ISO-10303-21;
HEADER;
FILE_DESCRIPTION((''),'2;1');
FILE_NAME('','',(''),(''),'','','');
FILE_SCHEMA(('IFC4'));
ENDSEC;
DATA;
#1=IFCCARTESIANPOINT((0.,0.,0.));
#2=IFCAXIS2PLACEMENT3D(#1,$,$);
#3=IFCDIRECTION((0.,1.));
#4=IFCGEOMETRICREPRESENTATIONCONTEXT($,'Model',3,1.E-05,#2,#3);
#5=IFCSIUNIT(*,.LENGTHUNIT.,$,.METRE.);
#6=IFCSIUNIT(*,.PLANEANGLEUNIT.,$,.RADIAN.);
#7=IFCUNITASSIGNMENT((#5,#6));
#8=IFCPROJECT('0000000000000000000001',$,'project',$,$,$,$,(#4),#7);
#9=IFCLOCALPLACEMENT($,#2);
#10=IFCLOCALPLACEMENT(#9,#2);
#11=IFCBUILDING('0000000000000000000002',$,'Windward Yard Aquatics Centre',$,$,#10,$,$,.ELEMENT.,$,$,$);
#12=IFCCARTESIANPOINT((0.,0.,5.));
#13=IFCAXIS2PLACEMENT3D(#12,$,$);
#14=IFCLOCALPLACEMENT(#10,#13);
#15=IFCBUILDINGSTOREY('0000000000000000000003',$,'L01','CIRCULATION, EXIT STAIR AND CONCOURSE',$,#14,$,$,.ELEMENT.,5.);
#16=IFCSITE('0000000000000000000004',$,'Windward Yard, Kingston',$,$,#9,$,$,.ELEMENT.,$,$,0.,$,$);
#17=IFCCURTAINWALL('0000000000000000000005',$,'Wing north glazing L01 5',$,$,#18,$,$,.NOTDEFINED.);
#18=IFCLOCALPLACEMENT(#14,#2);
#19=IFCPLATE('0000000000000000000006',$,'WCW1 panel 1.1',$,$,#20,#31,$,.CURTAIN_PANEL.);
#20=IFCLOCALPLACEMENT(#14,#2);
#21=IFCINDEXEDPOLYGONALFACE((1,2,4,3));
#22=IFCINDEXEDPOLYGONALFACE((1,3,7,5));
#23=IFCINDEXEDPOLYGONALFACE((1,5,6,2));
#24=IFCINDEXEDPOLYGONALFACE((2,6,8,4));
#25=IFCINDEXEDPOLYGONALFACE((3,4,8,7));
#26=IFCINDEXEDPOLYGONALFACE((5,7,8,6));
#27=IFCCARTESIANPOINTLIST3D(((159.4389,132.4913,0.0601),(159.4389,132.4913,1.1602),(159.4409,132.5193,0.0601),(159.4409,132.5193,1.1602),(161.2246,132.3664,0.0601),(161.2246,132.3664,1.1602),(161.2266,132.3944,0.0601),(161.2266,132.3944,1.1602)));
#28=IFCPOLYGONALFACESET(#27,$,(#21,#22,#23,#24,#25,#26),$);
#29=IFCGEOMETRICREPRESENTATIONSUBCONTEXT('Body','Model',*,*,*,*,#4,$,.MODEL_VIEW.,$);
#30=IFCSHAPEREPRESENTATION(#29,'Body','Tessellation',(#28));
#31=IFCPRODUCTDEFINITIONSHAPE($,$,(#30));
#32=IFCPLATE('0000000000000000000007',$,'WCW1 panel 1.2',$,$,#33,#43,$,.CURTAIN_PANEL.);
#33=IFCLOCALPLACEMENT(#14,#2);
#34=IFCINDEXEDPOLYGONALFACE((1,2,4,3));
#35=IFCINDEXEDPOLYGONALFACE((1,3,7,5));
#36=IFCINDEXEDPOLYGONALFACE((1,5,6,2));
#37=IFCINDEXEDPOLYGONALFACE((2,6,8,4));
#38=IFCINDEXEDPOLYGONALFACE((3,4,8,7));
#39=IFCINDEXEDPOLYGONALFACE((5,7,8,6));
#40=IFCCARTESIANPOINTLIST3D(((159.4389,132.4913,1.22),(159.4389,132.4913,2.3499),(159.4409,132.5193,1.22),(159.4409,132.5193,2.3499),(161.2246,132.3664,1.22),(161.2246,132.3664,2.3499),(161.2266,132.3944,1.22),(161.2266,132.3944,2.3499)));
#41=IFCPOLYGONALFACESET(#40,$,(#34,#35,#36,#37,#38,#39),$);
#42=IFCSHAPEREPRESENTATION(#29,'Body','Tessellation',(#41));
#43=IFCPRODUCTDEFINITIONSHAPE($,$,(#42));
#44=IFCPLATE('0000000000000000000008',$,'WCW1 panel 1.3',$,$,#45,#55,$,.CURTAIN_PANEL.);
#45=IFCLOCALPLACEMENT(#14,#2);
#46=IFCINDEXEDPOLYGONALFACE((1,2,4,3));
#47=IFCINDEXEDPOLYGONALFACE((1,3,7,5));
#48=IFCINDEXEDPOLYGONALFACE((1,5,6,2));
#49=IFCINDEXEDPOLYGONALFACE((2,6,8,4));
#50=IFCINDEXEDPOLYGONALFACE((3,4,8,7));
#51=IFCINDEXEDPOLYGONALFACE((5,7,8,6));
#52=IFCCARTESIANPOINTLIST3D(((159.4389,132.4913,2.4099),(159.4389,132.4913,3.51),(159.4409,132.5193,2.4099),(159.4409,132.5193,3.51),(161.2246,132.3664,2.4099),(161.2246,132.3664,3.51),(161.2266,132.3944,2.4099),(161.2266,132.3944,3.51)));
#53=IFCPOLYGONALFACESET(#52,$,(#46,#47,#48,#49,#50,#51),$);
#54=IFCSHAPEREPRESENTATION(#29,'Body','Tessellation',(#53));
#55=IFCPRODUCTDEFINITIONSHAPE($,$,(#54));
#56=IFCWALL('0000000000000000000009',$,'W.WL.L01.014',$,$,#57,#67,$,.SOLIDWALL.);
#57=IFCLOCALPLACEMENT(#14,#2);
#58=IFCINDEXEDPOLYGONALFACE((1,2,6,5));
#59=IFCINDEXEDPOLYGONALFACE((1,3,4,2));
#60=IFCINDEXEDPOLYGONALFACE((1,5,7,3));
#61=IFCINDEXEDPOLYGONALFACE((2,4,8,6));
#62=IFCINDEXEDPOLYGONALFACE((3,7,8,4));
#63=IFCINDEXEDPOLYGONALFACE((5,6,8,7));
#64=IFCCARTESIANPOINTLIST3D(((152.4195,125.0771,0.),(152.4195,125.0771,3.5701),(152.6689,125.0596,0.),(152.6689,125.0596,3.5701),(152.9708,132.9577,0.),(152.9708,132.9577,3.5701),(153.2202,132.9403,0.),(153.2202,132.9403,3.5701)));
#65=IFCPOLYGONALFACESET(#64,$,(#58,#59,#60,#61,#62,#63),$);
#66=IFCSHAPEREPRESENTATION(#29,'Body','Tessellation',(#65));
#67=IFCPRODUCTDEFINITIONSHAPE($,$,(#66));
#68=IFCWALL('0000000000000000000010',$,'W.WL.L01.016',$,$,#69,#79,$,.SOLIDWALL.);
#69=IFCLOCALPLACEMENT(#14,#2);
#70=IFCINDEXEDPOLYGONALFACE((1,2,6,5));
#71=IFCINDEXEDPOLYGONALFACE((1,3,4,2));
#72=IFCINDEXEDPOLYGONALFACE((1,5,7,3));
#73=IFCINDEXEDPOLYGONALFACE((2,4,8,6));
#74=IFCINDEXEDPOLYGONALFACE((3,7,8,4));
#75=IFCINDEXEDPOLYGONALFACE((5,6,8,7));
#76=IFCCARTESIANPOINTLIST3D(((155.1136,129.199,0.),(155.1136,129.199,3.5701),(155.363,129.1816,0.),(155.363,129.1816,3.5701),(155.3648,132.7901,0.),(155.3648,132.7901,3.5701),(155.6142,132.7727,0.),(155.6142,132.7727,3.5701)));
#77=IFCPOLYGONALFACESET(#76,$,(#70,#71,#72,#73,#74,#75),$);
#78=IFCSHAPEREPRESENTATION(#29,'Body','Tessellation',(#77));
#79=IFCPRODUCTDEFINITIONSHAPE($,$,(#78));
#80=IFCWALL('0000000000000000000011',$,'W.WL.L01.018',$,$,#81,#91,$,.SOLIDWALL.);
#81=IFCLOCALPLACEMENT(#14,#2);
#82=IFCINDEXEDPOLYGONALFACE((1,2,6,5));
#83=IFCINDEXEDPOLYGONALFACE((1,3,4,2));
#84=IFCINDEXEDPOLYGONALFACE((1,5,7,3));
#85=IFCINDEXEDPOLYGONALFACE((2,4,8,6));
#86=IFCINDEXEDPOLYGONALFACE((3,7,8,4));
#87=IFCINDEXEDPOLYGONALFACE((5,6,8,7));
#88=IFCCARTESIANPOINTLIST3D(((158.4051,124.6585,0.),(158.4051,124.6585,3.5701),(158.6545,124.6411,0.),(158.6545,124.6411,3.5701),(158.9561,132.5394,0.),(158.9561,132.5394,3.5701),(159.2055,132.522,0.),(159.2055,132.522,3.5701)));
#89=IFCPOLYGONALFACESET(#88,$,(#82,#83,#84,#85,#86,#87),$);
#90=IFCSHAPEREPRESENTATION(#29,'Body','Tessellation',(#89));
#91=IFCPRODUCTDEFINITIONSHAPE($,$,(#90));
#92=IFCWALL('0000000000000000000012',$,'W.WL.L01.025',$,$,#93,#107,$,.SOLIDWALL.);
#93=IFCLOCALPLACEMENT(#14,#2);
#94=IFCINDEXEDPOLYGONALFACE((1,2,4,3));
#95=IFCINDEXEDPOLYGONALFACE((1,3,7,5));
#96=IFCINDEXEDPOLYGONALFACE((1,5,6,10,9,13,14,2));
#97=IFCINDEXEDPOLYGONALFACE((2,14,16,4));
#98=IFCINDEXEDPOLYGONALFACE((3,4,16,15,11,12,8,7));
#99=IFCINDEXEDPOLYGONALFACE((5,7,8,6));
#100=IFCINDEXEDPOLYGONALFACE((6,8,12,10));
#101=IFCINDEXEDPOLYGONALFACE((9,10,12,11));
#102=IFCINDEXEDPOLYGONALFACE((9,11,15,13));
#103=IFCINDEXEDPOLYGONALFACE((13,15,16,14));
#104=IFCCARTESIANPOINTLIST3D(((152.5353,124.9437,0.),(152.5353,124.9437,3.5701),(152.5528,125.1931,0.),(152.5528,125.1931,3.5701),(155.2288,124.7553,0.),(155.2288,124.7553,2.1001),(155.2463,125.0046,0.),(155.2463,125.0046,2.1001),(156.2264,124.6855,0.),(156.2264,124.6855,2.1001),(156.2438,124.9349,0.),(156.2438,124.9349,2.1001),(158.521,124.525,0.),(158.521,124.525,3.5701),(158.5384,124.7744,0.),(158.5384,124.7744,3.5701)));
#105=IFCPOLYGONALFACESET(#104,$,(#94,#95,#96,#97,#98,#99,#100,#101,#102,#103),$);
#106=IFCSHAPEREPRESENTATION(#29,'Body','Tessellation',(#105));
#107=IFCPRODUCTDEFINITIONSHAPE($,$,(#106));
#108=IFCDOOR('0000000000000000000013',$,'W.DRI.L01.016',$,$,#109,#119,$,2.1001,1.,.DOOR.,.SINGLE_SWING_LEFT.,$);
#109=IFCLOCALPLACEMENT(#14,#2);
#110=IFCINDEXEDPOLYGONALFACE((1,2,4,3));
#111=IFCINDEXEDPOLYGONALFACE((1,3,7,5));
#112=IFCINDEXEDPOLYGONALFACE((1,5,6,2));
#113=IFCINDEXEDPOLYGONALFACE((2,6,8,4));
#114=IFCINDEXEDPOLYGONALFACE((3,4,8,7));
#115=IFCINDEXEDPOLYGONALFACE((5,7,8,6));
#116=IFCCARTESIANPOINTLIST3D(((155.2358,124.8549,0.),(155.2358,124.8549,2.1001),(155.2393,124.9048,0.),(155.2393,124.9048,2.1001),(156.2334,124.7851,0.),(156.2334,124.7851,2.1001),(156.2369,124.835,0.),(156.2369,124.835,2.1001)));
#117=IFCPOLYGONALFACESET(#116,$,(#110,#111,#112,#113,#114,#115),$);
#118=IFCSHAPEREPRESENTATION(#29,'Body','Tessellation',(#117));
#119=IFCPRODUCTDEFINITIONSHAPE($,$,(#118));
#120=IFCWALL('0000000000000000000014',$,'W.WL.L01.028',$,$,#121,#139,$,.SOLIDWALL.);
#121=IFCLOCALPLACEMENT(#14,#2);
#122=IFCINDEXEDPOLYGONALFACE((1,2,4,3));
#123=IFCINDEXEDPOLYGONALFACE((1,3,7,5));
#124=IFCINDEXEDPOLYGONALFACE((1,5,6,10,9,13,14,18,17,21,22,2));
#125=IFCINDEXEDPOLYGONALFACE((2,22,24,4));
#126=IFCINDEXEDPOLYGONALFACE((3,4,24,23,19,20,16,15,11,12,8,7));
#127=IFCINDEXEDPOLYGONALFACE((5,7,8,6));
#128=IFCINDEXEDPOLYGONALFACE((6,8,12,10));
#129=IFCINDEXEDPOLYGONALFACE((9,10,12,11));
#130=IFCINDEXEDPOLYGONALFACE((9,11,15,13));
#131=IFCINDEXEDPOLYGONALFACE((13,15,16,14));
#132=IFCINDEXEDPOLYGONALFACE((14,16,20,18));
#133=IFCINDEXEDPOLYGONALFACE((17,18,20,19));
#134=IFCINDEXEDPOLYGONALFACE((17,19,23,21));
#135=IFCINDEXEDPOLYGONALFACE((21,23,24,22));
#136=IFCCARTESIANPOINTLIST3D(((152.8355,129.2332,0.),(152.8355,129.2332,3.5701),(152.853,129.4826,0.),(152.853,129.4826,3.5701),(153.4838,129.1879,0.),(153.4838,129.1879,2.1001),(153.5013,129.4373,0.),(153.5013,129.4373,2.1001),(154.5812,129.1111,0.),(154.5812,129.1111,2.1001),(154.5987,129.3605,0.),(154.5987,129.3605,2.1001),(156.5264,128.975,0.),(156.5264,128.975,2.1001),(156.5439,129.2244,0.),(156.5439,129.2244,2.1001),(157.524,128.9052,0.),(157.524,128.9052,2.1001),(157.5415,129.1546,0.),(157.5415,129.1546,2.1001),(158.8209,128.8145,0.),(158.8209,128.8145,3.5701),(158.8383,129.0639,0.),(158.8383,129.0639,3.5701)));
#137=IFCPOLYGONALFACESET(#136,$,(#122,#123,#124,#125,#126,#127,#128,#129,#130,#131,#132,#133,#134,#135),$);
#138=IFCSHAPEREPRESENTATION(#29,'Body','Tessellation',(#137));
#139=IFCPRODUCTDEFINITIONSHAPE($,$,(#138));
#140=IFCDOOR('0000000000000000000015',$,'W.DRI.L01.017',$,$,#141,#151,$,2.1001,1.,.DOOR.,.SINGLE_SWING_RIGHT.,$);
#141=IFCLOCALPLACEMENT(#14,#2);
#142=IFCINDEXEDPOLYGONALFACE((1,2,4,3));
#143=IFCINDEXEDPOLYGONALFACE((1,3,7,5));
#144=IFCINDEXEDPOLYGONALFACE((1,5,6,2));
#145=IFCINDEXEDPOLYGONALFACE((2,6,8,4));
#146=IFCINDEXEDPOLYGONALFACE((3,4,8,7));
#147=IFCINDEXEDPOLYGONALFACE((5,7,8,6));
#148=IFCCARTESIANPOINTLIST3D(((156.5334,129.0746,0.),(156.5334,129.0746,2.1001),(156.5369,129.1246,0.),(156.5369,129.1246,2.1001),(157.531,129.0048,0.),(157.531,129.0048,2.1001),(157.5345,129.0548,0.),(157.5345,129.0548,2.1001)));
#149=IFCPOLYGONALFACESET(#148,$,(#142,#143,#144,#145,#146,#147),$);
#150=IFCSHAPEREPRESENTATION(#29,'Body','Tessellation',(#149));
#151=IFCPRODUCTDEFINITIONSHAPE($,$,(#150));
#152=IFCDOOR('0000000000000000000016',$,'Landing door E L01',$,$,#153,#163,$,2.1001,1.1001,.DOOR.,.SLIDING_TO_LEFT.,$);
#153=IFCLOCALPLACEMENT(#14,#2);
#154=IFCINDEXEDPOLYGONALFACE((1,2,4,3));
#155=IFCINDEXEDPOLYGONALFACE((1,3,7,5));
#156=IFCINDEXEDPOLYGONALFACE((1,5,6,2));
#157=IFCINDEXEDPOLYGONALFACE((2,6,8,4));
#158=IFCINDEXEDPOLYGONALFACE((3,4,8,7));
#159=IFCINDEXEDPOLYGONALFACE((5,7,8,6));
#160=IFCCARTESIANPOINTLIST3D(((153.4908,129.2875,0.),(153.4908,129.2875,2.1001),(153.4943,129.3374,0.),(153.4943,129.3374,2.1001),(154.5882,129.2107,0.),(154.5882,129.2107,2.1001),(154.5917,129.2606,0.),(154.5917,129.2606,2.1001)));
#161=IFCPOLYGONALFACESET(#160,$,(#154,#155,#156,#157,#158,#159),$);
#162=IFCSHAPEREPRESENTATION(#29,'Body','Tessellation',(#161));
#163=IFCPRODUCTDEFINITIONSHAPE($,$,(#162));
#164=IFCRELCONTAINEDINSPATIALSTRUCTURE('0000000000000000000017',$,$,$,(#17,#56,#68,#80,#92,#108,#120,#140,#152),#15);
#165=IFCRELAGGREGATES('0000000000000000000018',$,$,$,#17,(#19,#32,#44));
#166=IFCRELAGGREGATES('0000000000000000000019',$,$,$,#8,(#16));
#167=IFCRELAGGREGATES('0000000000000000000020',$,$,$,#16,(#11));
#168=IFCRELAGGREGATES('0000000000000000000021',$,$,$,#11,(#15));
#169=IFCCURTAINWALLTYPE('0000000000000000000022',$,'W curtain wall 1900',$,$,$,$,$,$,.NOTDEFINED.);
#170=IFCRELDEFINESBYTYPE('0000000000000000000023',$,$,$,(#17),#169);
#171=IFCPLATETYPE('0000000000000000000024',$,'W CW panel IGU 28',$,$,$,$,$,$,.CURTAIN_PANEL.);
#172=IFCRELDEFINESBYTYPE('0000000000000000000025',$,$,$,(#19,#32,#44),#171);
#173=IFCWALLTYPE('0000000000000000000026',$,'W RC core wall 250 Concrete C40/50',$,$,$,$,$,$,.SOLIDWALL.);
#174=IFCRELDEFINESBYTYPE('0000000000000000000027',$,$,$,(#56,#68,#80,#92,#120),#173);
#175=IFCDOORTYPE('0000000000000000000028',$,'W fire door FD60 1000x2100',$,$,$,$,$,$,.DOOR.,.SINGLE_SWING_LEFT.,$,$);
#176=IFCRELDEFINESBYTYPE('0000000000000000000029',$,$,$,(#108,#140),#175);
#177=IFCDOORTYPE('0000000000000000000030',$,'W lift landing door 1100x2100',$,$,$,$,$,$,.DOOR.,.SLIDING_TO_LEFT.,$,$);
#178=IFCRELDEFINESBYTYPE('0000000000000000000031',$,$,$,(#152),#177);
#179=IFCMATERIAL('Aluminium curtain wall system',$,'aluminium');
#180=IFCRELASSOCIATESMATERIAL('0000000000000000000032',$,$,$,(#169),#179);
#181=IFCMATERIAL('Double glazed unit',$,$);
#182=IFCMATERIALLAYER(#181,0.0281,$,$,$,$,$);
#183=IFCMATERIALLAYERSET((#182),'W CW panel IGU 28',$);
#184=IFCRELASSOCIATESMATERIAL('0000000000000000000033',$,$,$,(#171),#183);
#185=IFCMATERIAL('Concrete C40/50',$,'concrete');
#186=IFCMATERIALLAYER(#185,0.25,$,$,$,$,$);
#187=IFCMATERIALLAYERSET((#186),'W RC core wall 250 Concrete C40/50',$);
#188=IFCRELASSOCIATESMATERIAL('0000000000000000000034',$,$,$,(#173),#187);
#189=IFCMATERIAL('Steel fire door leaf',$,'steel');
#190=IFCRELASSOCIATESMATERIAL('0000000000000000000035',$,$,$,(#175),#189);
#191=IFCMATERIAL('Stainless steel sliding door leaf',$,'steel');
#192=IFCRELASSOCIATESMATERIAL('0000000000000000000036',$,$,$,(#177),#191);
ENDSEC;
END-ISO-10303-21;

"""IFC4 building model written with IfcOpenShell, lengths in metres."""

from ifc_helpers import new_model, si_unit, direction, frame, frame_2d, origin, origin_2d, place, context, subcontext, project, spatial, rectangle, extrude, material, layer, layer_set, type_object, element, fill, aggregate, save


model = new_model("IFC4")

# Units and contexts
model_context = context("Model", 3, precision=1e-05, world=origin(), true_north=direction((0.0, 1.0)))
body_context = subcontext(model_context, "Body", "Model", "MODEL_VIEW")
ifc_project = project(units=[si_unit("LENGTHUNIT", "METRE"), si_unit("PLANEANGLEUNIT", "RADIAN")], contexts=[model_context])

# Site, building, storey
site_placement = place(None, origin())
site = spatial("IfcSite", under=ifc_project, at=site_placement, Name="Windward Yard, Kingston", CompositionType="ELEMENT", RefElevation=0.0)
building_placement = place(site_placement, origin())
building = spatial("IfcBuilding", under=site, at=building_placement, Name="Windward Yard Aquatics Centre", CompositionType="ELEMENT")
storey_placement = place(building_placement, frame((0.0, 0.0, 5.0)))
storey = spatial("IfcBuildingStorey", under=building, at=storey_placement, Name="L01", Description="CIRCULATION, EXIT STAIR AND CONCOURSE", CompositionType="ELEMENT", Elevation=5.0)

# Curtain wall
ifc_material_1 = material(Name="Aluminium curtain wall system", Category="aluminium")
curtain_wall_type = type_object("IfcCurtainWallType", Name="W curtain wall 1900", PredefinedType="NOTDEFINED", material=ifc_material_1)
curtain_wall_placement = place(storey_placement, origin())
curtain_wall = element("IfcCurtainWall", 1, at=curtain_wall_placement, inside=storey, type_object=curtain_wall_type, Name="Wing north glazing L01 5", PredefinedType="NOTDEFINED")

# Shared definitions
ifc_material_2 = material(Name="Concrete C40/50", Category="concrete")

# Plates
ifc_material_3 = material(Name="Double glazed unit")
ifc_layer_1 = layer(ifc_material_3, 0.0281)
ifc_layer_set_1 = layer_set([ifc_layer_1], Name="W CW panel IGU 28")
plate_type = type_object("IfcPlateType", Name="W CW panel IGU 28", PredefinedType="CURTAIN_PANEL", material=ifc_layer_set_1)
plate_1_placement = place(storey_placement, frame((160.3328, 132.4429, 0.0601), z_axis=(0.0, 0.0, 1.0), x_axis=(0.997564, -0.069755, 0.0)))
plate_1 = element("IfcPlate", 2, at=plate_1_placement, type_object=plate_type, Name="WCW1 panel 1.1", PredefinedType="CURTAIN_PANEL", context=body_context, shape_type="SweptSolid", body=[
    extrude(rectangle(XDim=1.79, YDim=0.0281, at=origin_2d()), origin(), (0.0, 0.0, 1.0), 1.1001),
])
plate_2_placement = place(storey_placement, frame((160.3328, 132.4429, 1.22), z_axis=(0.0, 0.0, 1.0), x_axis=(0.997564, -0.069755, 0.0)))
plate_2 = element("IfcPlate", 3, at=plate_2_placement, type_object=plate_type, Name="WCW1 panel 1.2", PredefinedType="CURTAIN_PANEL", context=body_context, shape_type="SweptSolid", body=[
    extrude(rectangle(XDim=1.79, YDim=0.0281, at=origin_2d()), origin(), (0.0, 0.0, 1.0), 1.1299),
])
plate_3_placement = place(storey_placement, frame((160.3328, 132.4429, 2.4099), z_axis=(0.0, 0.0, 1.0), x_axis=(0.997564, -0.069755, 0.0)))
plate_3 = element("IfcPlate", 4, at=plate_3_placement, type_object=plate_type, Name="WCW1 panel 1.3", PredefinedType="CURTAIN_PANEL", context=body_context, shape_type="SweptSolid", body=[
    extrude(rectangle(XDim=1.79, YDim=0.0281, at=origin_2d()), origin(), (0.0, 0.0, 1.0), 1.1001),
])
aggregate(curtain_wall, [plate_1, plate_2, plate_3])

# Walls
ifc_layer_2 = layer(ifc_material_2, 0.25)
ifc_layer_set_2 = layer_set([ifc_layer_2], Name="W RC core wall 250 Concrete C40/50")
wall_type_1 = type_object("IfcWallType", Name="W RC core wall 250 Concrete C40/50", PredefinedType="SOLIDWALL", material=ifc_layer_set_2)
wall_1_placement = place(storey_placement, frame((152.5442, 125.0684, 0.0), z_axis=(0.0, 0.0, 1.0), x_axis=(0.069782, 0.997562, 0.0)))
element("IfcWall", 5, at=wall_1_placement, inside=storey, type_object=wall_type_1, Name="W.WL.L01.014", PredefinedType="SOLIDWALL", context=body_context, shape_type="SweptSolid", body=[
    extrude(rectangle(XDim=7.8999, YDim=0.25, at=frame_2d((3.95, 0.0))), origin(), (0.0, 0.0, 1.0), 3.5701),
])
wall_2_placement = place(storey_placement, frame((155.2383, 129.1904, 0.0), z_axis=(0.0, 0.0, 1.0), x_axis=(0.069787, 0.997562, 0.0)))
element("IfcWall", 6, at=wall_2_placement, inside=storey, type_object=wall_type_1, Name="W.WL.L01.016", PredefinedType="SOLIDWALL", context=body_context, shape_type="SweptSolid", body=[
    extrude(rectangle(XDim=3.5999, YDim=0.25, at=frame_2d((1.7998, 0.0))), origin(), (0.0, 0.0, 1.0), 3.5701),
])
wall_3_placement = place(storey_placement, frame((158.5298, 124.6497, 0.0), z_axis=(0.0, 0.0, 1.0), x_axis=(0.069749, 0.997565, 0.0)))
element("IfcWall", 7, at=wall_3_placement, inside=storey, type_object=wall_type_1, Name="W.WL.L01.018", PredefinedType="SOLIDWALL", context=body_context, shape_type="SweptSolid", body=[
    extrude(rectangle(XDim=7.9001, YDim=0.25, at=frame_2d((3.9502, 0.0))), origin(), (0.0, 0.0, 1.0), 3.5701),
])

# Wall, opening, door
wall_4_placement = place(storey_placement, frame((152.5442, 125.0684, 0.0), z_axis=(0.0, 0.0, 1.0), x_axis=(0.997562, -0.069781, 0.0)))
wall_4 = element("IfcWall", 8, at=wall_4_placement, inside=storey, type_object=wall_type_1, Name="W.WL.L01.025", PredefinedType="SOLIDWALL", context=body_context, shape_type="SweptSolid", body=[
    extrude(rectangle(XDim=6.0002, YDim=0.25, at=frame_2d((3.0, 0.0))), origin(), (0.0, 0.0, 1.0), 3.5701),
])
opening_1_placement = place(wall_4_placement, frame((2.7, 0.0, 0.0)))
opening_1 = element("IfcOpeningElement", 9, at=opening_1_placement, cuts=wall_4, PredefinedType="OPENING", context=body_context, shape_type="SweptSolid", body=[
    extrude(rectangle(XDim=1.0, YDim=2.1001, at=frame_2d((0.5, 1.05))), frame((0.0, 0.135, 0.0), z_axis=(0.0, -1.0, 0.0), x_axis=(1.0, 0.0, 0.0)), (0.0, 0.0, 1.0), 0.27),
])
ifc_material_4 = material(Name="Steel fire door leaf", Category="steel")
door_type_1 = type_object("IfcDoorType", Name="W fire door FD60 1000x2100", OperationType="SINGLE_SWING_LEFT", PredefinedType="DOOR", material=ifc_material_4)
door_1_placement = place(opening_1_placement, origin())
door_1 = element("IfcDoor", 10, at=door_1_placement, inside=storey, type_object=door_type_1, Name="W.DRI.L01.016", OperationType="SINGLE_SWING_LEFT", OverallHeight=2.1001, OverallWidth=1.0, PredefinedType="DOOR", context=body_context, shape_type="SweptSolid", body=[
    extrude(rectangle(XDim=1.0, YDim=2.1001, at=frame_2d((0.5, 1.05))), frame((0.0, 0.0249, 0.0), z_axis=(0.0, -1.0, 0.0), x_axis=(1.0, 0.0, 0.0)), (0.0, 0.0, 1.0), 0.05),
])
fill(opening_1, door_1)

# Wall, openings, doors
wall_5_placement = place(storey_placement, frame((152.8442, 129.3579, 0.0), z_axis=(0.0, 0.0, 1.0), x_axis=(0.997562, -0.069784, 0.0)))
wall_5 = element("IfcWall", 11, at=wall_5_placement, inside=storey, type_object=wall_type_1, Name="W.WL.L01.028", PredefinedType="SOLIDWALL", context=body_context, shape_type="SweptSolid", body=[
    extrude(rectangle(XDim=6.0, YDim=0.25, at=frame_2d((3.0, 0.0))), origin(), (0.0, 0.0, 1.0), 3.5701),
])
opening_2_placement = place(wall_5_placement, frame((3.7, 0.0, 0.0)))
opening_2 = element("IfcOpeningElement", 12, at=opening_2_placement, cuts=wall_5, PredefinedType="OPENING", context=body_context, shape_type="SweptSolid", body=[
    extrude(rectangle(XDim=1.0, YDim=2.1001, at=frame_2d((0.5, 1.05))), frame((0.0, 0.135, 0.0), z_axis=(0.0, -1.0, 0.0), x_axis=(1.0, 0.0, 0.0)), (0.0, 0.0, 1.0), 0.27),
])
opening_3_placement = place(wall_5_placement, frame((0.6499, 0.0, 0.0)))
opening_3 = element("IfcOpeningElement", 13, at=opening_3_placement, cuts=wall_5, PredefinedType="OPENING", context=body_context, shape_type="SweptSolid", body=[
    extrude(rectangle(XDim=1.1001, YDim=2.1001, at=frame_2d((0.55, 1.05))), frame((0.0, 0.135, 0.0), z_axis=(0.0, -1.0, 0.0), x_axis=(1.0, 0.0, 0.0)), (0.0, 0.0, 1.0), 0.27),
])
door_2_placement = place(opening_2_placement, origin())
door_2 = element("IfcDoor", 14, at=door_2_placement, inside=storey, type_object=door_type_1, Name="W.DRI.L01.017", OperationType="SINGLE_SWING_RIGHT", OverallHeight=2.1001, OverallWidth=1.0, PredefinedType="DOOR", context=body_context, shape_type="SweptSolid", body=[
    extrude(rectangle(XDim=1.0, YDim=2.1001, at=frame_2d((0.5, 1.05))), frame((0.0, 0.0249, 0.0), z_axis=(0.0, -1.0, 0.0), x_axis=(1.0, 0.0, 0.0)), (0.0, 0.0, 1.0), 0.05),
])
fill(opening_2, door_2)
ifc_material_5 = material(Name="Stainless steel sliding door leaf", Category="steel")
door_type_2 = type_object("IfcDoorType", Name="W lift landing door 1100x2100", OperationType="SLIDING_TO_LEFT", PredefinedType="DOOR", material=ifc_material_5)
door_3_placement = place(opening_3_placement, origin())
door_3 = element("IfcDoor", 15, at=door_3_placement, inside=storey, type_object=door_type_2, Name="Landing door E L01", OperationType="SLIDING_TO_LEFT", OverallHeight=2.1001, OverallWidth=1.1001, PredefinedType="DOOR", context=body_context, shape_type="SweptSolid", body=[
    extrude(rectangle(XDim=1.1001, YDim=2.1001, at=frame_2d((0.55, 1.05))), frame((0.0, 0.0249, 0.0), z_axis=(0.0, -1.0, 0.0), x_axis=(1.0, 0.0, 0.0)), (0.0, 0.0, 1.0), 0.05),
])
fill(opening_3, door_3)

save(model, "model.ifc")
